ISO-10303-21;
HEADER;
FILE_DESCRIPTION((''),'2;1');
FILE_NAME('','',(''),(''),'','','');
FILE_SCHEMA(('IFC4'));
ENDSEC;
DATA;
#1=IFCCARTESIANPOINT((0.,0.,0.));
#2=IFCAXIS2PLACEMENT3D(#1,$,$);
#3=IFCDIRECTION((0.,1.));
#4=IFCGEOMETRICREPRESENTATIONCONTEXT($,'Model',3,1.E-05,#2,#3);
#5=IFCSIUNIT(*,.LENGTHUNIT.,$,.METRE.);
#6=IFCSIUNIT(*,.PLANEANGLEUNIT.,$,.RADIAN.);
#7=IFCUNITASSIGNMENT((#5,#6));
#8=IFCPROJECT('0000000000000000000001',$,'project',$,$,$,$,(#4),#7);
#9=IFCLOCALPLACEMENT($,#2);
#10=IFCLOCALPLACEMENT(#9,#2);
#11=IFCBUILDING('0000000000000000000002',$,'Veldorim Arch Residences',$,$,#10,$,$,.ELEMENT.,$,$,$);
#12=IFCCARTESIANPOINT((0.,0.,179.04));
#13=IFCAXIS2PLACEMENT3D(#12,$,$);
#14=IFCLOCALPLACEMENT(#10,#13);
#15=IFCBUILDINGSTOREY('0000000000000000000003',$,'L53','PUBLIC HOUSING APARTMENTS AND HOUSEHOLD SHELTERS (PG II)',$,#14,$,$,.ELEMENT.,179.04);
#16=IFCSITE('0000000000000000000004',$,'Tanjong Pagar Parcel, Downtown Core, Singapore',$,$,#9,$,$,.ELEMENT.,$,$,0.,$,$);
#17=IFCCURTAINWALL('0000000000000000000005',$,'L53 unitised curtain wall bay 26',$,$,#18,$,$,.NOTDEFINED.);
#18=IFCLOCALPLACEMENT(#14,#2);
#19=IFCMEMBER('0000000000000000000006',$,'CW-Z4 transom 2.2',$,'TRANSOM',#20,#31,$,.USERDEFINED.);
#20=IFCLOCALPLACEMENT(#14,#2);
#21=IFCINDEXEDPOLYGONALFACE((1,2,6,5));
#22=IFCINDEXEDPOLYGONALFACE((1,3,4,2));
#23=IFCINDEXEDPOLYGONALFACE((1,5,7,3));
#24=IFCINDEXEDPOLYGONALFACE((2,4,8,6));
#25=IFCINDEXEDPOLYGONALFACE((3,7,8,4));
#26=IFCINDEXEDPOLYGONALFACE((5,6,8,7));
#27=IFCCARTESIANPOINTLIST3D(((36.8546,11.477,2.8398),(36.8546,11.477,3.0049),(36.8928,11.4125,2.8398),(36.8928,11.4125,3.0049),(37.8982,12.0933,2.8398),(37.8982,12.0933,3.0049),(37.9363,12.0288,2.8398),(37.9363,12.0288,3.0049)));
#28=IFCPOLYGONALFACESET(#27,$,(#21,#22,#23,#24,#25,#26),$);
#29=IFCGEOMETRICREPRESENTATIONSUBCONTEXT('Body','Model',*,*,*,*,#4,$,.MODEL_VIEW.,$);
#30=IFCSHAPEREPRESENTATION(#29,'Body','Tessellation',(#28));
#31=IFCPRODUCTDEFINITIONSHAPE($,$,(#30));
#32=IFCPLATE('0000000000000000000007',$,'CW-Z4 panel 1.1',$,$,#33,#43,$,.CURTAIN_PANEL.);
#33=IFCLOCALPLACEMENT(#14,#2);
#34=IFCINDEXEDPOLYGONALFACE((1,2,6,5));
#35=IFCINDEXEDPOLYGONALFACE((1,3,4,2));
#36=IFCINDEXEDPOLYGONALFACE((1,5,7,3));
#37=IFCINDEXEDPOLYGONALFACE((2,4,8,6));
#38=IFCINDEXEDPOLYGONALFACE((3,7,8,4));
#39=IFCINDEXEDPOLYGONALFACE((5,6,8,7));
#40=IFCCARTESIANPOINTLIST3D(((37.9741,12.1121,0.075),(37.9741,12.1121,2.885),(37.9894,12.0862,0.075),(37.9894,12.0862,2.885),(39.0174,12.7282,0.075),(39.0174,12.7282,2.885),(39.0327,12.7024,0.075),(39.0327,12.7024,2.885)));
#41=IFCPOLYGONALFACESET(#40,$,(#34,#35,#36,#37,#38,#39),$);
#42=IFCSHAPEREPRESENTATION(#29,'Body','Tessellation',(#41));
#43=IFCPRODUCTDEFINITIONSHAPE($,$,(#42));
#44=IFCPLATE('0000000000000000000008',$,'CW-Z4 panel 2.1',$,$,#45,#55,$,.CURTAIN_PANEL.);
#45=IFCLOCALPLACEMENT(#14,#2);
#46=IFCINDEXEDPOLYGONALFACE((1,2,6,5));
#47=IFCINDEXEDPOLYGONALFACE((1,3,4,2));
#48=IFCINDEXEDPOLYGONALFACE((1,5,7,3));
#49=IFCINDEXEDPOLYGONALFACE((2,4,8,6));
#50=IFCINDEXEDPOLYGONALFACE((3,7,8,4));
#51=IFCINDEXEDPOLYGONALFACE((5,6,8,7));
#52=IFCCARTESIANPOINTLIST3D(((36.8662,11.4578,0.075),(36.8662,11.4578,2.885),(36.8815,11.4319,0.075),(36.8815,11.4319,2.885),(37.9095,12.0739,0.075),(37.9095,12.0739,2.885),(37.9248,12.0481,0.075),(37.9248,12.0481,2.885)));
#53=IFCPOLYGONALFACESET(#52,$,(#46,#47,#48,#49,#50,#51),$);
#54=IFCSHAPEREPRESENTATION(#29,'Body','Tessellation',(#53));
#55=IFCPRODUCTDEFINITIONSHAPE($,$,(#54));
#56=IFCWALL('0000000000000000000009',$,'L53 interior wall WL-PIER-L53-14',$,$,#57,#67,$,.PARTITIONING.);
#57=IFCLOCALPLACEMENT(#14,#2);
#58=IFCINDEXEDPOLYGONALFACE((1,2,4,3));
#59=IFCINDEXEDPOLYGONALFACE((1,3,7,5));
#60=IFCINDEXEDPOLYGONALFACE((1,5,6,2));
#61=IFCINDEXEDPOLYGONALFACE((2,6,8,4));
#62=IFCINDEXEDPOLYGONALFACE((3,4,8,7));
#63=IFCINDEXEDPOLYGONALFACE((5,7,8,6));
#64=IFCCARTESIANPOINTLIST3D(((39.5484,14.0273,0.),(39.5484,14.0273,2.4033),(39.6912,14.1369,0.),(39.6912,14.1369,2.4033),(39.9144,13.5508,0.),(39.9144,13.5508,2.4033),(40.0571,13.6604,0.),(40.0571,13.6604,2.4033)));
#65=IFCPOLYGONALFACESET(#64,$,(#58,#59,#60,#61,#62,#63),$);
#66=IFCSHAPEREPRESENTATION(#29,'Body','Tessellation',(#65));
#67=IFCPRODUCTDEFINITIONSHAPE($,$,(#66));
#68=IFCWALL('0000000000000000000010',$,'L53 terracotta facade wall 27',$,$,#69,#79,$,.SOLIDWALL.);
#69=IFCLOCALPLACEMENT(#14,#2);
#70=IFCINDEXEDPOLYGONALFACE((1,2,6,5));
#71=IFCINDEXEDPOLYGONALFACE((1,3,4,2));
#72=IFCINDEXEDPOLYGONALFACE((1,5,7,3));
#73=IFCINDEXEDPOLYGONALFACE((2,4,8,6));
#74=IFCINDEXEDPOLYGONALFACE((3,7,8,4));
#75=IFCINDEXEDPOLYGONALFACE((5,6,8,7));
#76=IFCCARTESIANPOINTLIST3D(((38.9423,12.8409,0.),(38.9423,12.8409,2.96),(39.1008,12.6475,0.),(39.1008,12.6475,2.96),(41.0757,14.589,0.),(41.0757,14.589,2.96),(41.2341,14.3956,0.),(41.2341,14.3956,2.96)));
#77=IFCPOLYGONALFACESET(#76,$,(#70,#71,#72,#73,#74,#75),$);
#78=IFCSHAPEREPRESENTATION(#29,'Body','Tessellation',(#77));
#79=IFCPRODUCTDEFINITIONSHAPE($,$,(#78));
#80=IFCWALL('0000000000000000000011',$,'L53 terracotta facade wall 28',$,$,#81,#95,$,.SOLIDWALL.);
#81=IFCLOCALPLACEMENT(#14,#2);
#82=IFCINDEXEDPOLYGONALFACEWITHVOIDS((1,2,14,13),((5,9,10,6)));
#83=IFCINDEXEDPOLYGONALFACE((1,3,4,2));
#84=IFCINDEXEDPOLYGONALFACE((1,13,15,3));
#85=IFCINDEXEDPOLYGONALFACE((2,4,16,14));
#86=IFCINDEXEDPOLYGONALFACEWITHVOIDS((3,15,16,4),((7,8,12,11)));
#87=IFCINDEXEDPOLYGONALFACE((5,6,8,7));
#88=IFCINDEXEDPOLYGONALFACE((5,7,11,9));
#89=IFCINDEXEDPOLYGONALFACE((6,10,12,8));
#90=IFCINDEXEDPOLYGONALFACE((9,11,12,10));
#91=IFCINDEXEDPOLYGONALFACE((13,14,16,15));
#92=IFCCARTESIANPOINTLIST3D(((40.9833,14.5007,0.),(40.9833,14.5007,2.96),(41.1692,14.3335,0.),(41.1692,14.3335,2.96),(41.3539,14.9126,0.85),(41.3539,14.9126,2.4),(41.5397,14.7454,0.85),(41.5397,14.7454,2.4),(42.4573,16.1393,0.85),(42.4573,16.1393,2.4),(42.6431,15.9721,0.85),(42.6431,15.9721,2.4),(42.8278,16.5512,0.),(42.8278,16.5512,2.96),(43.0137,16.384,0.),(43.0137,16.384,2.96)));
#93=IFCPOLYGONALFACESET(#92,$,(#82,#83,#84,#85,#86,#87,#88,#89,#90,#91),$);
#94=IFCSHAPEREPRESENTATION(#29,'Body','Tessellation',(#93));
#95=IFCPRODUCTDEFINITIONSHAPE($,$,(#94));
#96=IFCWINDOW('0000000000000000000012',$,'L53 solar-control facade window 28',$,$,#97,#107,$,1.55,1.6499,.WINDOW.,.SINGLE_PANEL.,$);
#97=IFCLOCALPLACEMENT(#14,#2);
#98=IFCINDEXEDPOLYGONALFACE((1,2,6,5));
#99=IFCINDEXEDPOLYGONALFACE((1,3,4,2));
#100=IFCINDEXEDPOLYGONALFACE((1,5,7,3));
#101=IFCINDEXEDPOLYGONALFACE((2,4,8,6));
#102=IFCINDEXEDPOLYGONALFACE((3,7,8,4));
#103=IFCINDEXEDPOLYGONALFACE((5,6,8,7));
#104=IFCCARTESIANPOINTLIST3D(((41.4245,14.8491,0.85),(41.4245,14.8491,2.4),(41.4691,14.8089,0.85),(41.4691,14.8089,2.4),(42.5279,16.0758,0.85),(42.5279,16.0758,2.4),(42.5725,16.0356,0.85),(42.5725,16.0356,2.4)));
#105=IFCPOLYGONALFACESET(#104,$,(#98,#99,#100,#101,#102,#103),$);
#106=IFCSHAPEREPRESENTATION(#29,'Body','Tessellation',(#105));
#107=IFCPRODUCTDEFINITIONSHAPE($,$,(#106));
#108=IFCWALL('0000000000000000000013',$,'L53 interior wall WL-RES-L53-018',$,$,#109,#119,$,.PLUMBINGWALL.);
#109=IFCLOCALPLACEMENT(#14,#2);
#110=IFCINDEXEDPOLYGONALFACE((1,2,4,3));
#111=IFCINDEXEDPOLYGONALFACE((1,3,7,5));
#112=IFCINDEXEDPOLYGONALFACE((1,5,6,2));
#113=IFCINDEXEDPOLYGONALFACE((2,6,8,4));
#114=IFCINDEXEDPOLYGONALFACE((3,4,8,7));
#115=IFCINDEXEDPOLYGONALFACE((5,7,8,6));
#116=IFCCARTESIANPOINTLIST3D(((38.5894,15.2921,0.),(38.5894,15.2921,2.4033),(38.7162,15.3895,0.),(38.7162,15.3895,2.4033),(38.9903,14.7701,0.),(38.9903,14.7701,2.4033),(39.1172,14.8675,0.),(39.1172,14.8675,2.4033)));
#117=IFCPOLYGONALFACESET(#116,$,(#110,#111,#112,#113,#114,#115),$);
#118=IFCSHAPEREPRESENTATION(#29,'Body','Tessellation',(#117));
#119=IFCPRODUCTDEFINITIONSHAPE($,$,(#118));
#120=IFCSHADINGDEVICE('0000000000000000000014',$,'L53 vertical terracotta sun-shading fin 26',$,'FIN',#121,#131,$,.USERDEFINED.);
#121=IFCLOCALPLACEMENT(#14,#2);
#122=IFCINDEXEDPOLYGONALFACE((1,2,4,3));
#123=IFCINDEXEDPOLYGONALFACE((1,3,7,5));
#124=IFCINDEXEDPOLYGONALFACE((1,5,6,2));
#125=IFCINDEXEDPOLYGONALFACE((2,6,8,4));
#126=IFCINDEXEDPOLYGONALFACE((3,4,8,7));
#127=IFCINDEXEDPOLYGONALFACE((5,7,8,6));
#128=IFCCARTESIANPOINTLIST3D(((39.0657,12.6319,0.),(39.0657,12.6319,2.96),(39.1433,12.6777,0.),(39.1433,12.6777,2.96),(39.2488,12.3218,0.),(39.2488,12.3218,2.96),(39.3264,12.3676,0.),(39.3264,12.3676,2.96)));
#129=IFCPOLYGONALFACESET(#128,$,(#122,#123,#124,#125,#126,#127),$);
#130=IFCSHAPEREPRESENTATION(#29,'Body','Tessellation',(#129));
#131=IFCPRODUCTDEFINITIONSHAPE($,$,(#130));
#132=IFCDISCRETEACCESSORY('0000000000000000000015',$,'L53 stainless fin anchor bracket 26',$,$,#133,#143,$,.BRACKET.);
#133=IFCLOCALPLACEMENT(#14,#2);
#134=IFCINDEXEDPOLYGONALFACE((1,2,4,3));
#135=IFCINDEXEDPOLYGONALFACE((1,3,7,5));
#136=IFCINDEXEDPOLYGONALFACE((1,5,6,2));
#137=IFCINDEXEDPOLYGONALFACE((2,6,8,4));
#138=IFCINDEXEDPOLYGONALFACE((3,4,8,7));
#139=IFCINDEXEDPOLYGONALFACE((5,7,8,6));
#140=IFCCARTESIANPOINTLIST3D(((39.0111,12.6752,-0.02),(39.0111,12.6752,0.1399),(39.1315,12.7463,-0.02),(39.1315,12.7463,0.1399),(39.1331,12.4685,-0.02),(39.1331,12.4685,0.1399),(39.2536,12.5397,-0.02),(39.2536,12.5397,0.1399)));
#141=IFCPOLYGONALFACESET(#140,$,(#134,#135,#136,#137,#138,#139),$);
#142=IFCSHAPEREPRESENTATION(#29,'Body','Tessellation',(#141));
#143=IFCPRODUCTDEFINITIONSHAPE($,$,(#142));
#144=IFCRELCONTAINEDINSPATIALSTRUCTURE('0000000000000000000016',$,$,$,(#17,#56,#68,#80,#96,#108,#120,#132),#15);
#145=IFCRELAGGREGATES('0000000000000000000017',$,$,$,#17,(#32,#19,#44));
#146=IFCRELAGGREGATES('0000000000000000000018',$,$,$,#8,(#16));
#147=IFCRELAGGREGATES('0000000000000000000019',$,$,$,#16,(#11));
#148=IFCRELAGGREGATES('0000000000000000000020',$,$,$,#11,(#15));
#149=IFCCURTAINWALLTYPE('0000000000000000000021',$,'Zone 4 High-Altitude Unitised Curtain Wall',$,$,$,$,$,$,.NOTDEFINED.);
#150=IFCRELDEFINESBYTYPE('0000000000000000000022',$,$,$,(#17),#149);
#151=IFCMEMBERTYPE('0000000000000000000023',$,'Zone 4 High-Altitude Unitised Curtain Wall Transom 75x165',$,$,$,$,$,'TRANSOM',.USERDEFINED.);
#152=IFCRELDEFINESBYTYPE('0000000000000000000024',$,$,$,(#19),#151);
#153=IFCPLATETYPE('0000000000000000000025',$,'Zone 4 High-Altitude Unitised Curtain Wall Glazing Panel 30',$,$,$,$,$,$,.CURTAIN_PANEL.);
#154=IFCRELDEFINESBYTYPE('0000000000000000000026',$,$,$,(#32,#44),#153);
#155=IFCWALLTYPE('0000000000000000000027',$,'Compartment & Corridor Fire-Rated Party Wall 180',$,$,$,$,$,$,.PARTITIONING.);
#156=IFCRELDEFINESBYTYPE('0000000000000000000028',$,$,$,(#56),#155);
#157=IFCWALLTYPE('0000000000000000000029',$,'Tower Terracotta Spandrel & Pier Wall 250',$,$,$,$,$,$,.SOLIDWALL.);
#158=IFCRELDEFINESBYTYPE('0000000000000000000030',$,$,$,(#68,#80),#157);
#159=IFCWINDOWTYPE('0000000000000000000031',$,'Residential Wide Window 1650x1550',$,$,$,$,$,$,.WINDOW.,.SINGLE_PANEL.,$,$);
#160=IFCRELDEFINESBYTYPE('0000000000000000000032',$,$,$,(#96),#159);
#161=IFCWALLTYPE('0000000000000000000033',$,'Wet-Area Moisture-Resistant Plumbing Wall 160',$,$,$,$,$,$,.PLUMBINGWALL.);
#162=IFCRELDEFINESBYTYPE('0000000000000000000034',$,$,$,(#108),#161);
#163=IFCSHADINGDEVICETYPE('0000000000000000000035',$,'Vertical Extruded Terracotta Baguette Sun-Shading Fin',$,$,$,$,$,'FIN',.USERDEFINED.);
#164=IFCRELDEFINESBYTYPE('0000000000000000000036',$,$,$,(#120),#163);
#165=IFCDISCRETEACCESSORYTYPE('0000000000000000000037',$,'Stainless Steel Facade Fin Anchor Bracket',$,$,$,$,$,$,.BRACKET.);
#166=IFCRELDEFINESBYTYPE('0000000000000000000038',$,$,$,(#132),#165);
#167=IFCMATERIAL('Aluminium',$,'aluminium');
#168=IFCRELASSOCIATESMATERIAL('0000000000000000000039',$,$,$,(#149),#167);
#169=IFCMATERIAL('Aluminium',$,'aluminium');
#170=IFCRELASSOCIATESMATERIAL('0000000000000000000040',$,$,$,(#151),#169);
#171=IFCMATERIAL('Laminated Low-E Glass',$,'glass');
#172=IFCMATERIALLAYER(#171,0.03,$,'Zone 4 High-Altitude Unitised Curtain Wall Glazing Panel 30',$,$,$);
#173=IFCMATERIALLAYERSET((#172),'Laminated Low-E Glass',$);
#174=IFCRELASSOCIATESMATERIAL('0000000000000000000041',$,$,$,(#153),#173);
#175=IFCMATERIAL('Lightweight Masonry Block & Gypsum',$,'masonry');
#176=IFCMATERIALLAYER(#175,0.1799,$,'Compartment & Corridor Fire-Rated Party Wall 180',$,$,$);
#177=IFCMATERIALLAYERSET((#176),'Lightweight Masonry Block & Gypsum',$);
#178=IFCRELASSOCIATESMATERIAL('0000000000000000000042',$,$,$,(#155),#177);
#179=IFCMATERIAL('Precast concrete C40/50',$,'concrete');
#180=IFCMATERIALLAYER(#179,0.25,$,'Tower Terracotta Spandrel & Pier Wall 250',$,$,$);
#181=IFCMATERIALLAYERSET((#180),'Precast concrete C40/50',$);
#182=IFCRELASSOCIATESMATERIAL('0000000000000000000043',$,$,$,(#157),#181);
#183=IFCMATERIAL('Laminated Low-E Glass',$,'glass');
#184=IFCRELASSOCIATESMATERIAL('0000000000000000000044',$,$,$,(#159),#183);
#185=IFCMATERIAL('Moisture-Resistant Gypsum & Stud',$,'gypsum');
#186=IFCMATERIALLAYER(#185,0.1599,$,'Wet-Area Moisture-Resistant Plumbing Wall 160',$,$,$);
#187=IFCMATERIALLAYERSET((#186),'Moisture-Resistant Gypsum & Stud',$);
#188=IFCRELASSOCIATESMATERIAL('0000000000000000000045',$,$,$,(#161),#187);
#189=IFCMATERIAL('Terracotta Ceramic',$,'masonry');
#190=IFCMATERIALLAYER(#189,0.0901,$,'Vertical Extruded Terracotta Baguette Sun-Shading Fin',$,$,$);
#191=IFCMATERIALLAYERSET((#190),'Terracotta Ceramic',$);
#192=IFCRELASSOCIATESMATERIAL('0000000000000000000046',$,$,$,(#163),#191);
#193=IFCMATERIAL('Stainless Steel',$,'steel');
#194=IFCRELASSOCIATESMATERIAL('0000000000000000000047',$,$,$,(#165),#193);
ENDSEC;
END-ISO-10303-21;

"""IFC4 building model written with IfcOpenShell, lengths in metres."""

from ifc_helpers import new_model, si_unit, direction, frame, frame_2d, origin, origin_2d, place, context, subcontext, project, spatial, rectangle, extrude, material, layer, layer_set, material_profile, profile_set, type_object, element, fill, aggregate, save


model = new_model("IFC4")

# Units and contexts
model_context = context("Model", 3, precision=1e-05, world=origin(), true_north=direction((0.0, 1.0)))
body_context = subcontext(model_context, "Body", "Model", "MODEL_VIEW")
ifc_project = project(units=[si_unit("LENGTHUNIT", "METRE"), si_unit("PLANEANGLEUNIT", "RADIAN")], contexts=[model_context])

# Site, building, storey
site_placement = place(None, origin())
site = spatial("IfcSite", under=ifc_project, at=site_placement, Name="Tanjong Pagar Parcel, Downtown Core, Singapore", CompositionType="ELEMENT", RefElevation=0.0)
building_placement = place(site_placement, origin())
building = spatial("IfcBuilding", under=site, at=building_placement, Name="Veldorim Arch Residences", CompositionType="ELEMENT")
storey_placement = place(building_placement, frame((0.0, 0.0, 179.04)))
storey = spatial("IfcBuildingStorey", under=building, at=storey_placement, Name="L53", Description="PUBLIC HOUSING APARTMENTS AND HOUSEHOLD SHELTERS (PG II)", CompositionType="ELEMENT", Elevation=179.04)

# Curtain wall, member, plates
ifc_material_1 = material(Name="Aluminium", Category="aluminium")
curtain_wall_type = type_object("IfcCurtainWallType", Name="Zone 4 High-Altitude Unitised Curtain Wall", PredefinedType="NOTDEFINED", material=ifc_material_1)
curtain_wall_placement = place(storey_placement, origin())
curtain_wall = element("IfcCurtainWall", 1, at=curtain_wall_placement, inside=storey, type_object=curtain_wall_type, Name="L53 unitised curtain wall bay 26", PredefinedType="NOTDEFINED")
ifc_material_2 = material(Name="Aluminium", Category="aluminium")
ifc_material_profile_1 = material_profile(ifc_material_2, rectangle(XDim=0.075, YDim=0.165, at=origin_2d()), Name="ALU_TRN_75x165")
ifc_profile_set_1 = profile_set([ifc_material_profile_1], Name="Aluminium")
member_type_1 = type_object("IfcMemberType", Name="Zone 4 High-Altitude Unitised Curtain Wall Transom 75x165", ElementType="TRANSOM", PredefinedType="USERDEFINED", material=ifc_profile_set_1)
member_1_placement = place(storey_placement, frame((37.9172, 12.061, 2.9224), z_axis=(-0.861063, -0.508499, 0.0), x_axis=(0.508499, -0.861063, 0.0)))
member_1 = element("IfcMember", 2, at=member_1_placement, type_object=member_type_1, Name="CW-Z4 transom 2.2", ObjectType="TRANSOM", PredefinedType="USERDEFINED", context=body_context, shape_type="SweptSolid", body=[
    extrude(rectangle(XDim=0.075, YDim=0.165, at=origin_2d()), origin(), (0.0, 0.0, 1.0), 1.2119),
])
ifc_material_3 = material(Name="Laminated Low-E Glass", Category="glass")
ifc_layer_1 = layer(ifc_material_3, 0.03, Name="Zone 4 High-Altitude Unitised Curtain Wall Glazing Panel 30")
ifc_layer_set_1 = layer_set([ifc_layer_1], Name="Laminated Low-E Glass")
plate_type = type_object("IfcPlateType", Name="Zone 4 High-Altitude Unitised Curtain Wall Glazing Panel 30", PredefinedType="CURTAIN_PANEL", material=ifc_layer_set_1)
plate_1_placement = place(storey_placement, frame((38.5034, 12.4072, 0.075), z_axis=(0.0, 0.0, 1.0), x_axis=(-0.861054, -0.508514, 0.0)))
plate_1 = element("IfcPlate", 3, at=plate_1_placement, type_object=plate_type, Name="CW-Z4 panel 1.1", PredefinedType="CURTAIN_PANEL", context=body_context, shape_type="SweptSolid", body=[
    extrude(rectangle(XDim=1.2117, YDim=0.03, at=origin_2d()), origin(), (0.0, 0.0, 1.0), 2.8101),
])
plate_2_placement = place(storey_placement, frame((37.3955, 11.7529, 0.075), z_axis=(0.0, 0.0, 1.0), x_axis=(-0.861054, -0.508514, 0.0)))
plate_2 = element("IfcPlate", 4, at=plate_2_placement, type_object=plate_type, Name="CW-Z4 panel 2.1", PredefinedType="CURTAIN_PANEL", context=body_context, shape_type="SweptSolid", body=[
    extrude(rectangle(XDim=1.2117, YDim=0.03, at=origin_2d()), origin(), (0.0, 0.0, 1.0), 2.8101),
])
aggregate(curtain_wall, [plate_1, member_1, plate_2])

# Wall
ifc_material_4 = material(Name="Lightweight Masonry Block & Gypsum", Category="masonry")
ifc_layer_2 = layer(ifc_material_4, 0.1799, Name="Compartment & Corridor Fire-Rated Party Wall 180")
ifc_layer_set_2 = layer_set([ifc_layer_2], Name="Lightweight Masonry Block & Gypsum")
wall_type_1 = type_object("IfcWallType", Name="Compartment & Corridor Fire-Rated Party Wall 180", PredefinedType="PARTITIONING", material=ifc_layer_set_2)
wall_1_placement = place(storey_placement, frame((39.6199, 14.082, 0.0), z_axis=(0.0, 0.0, 1.0), x_axis=(0.609063, -0.793122, 0.0)))
element("IfcWall", 5, at=wall_1_placement, inside=storey, type_object=wall_type_1, Name="L53 interior wall WL-PIER-L53-14", PredefinedType="PARTITIONING", context=body_context, shape_type="SweptSolid", body=[
    extrude(rectangle(XDim=0.6008, YDim=0.1799, at=frame_2d((0.3003, 0.0))), origin(), (0.0, 0.0, 1.0), 2.4033),
])

# Wall
ifc_material_5 = material(Name="Precast concrete C40/50", Category="concrete")
ifc_layer_3 = layer(ifc_material_5, 0.25, Name="Tower Terracotta Spandrel & Pier Wall 250")
ifc_layer_set_3 = layer_set([ifc_layer_3], Name="Precast concrete C40/50")
wall_type_2 = type_object("IfcWallType", Name="Tower Terracotta Spandrel & Pier Wall 250", PredefinedType="SOLIDWALL", material=ifc_layer_set_3)
wall_2_placement = place(storey_placement, frame((41.1548, 14.4922, 0.0), z_axis=(0.0, 0.0, 1.0), x_axis=(-0.773492, -0.633806, 0.0)))
element("IfcWall", 6, at=wall_2_placement, inside=storey, type_object=wall_type_2, Name="L53 terracotta facade wall 27", PredefinedType="SOLIDWALL", context=body_context, shape_type="SweptSolid", body=[
    extrude(rectangle(XDim=2.7581, YDim=0.25, at=frame_2d((1.3789, 0.0))), origin(), (0.0, 0.0, 1.0), 2.96),
])

# Wall, opening, window
wall_3_placement = place(storey_placement, frame((42.9207, 16.4675, 0.0), z_axis=(0.0, 0.0, 1.0), x_axis=(-0.668764, -0.743475, 0.0)))
wall_3 = element("IfcWall", 7, at=wall_3_placement, inside=storey, type_object=wall_type_2, Name="L53 terracotta facade wall 28", PredefinedType="SOLIDWALL", context=body_context, shape_type="SweptSolid", body=[
    extrude(rectangle(XDim=2.7581, YDim=0.25, at=frame_2d((1.3789, 0.0))), origin(), (0.0, 0.0, 1.0), 2.96),
])
opening_1_placement = place(wall_3_placement, frame((0.554, 0.0, 0.8501)))
opening_1 = element("IfcOpeningElement", 8, at=opening_1_placement, cuts=wall_3, PredefinedType="OPENING", context=body_context, shape_type="SweptSolid", body=[
    extrude(rectangle(XDim=1.6499, YDim=1.55, at=frame_2d((0.825, 0.7749))), frame((0.0, 0.135, 0.0), z_axis=(0.0, -1.0, 0.0), x_axis=(1.0, 0.0, 0.0)), (0.0, 0.0, 1.0), 0.27),
])
ifc_material_6 = material(Name="Laminated Low-E Glass", Category="glass")
window_type = type_object("IfcWindowType", Name="Residential Wide Window 1650x1550", PartitioningType="SINGLE_PANEL", PredefinedType="WINDOW", material=ifc_material_6)
window_placement = place(opening_1_placement, origin())
window = element("IfcWindow", 9, at=window_placement, inside=storey, type_object=window_type, Name="L53 solar-control facade window 28", OverallHeight=1.55, OverallWidth=1.6499, PartitioningType="SINGLE_PANEL", PredefinedType="WINDOW", context=body_context, shape_type="SweptSolid", body=[
    extrude(rectangle(XDim=1.6499, YDim=1.55, at=frame_2d((0.825, 0.7749))), frame((0.0, 0.03, 0.0), z_axis=(0.0, -1.0, 0.0), x_axis=(1.0, 0.0, 0.0)), (0.0, 0.0, 1.0), 0.0601),
])
fill(opening_1, window)

# Wall
ifc_material_7 = material(Name="Moisture-Resistant Gypsum & Stud", Category="gypsum")
ifc_layer_4 = layer(ifc_material_7, 0.1599, Name="Wet-Area Moisture-Resistant Plumbing Wall 160")
ifc_layer_set_4 = layer_set([ifc_layer_4], Name="Moisture-Resistant Gypsum & Stud")
wall_type_3 = type_object("IfcWallType", Name="Wet-Area Moisture-Resistant Plumbing Wall 160", PredefinedType="PLUMBINGWALL", material=ifc_layer_set_4)
wall_4_placement = place(storey_placement, frame((38.6528, 15.3408, 0.0), z_axis=(0.0, 0.0, 1.0), x_axis=(0.609101, -0.793093, 0.0)))
element("IfcWall", 10, at=wall_4_placement, inside=storey, type_object=wall_type_3, Name="L53 interior wall WL-RES-L53-018", PredefinedType="PLUMBINGWALL", context=body_context, shape_type="SweptSolid", body=[
    extrude(rectangle(XDim=0.6582, YDim=0.1599, at=frame_2d((0.3291, 0.0))), origin(), (0.0, 0.0, 1.0), 2.4033),
])

# Shading device
ifc_material_8 = material(Name="Terracotta Ceramic", Category="masonry")
ifc_layer_5 = layer(ifc_material_8, 0.0901, Name="Vertical Extruded Terracotta Baguette Sun-Shading Fin")
ifc_layer_set_5 = layer_set([ifc_layer_5], Name="Terracotta Ceramic")
shading_device_type = type_object("IfcShadingDeviceType", Name="Vertical Extruded Terracotta Baguette Sun-Shading Fin", ElementType="FIN", PredefinedType="USERDEFINED", material=ifc_layer_set_5)
shading_device_placement = place(storey_placement, frame((39.196, 12.4998, 0.0), z_axis=(0.0, 0.0, 1.0), x_axis=(-0.861097, -0.50844, 0.0)))
element("IfcShadingDevice", 11, at=shading_device_placement, inside=storey, type_object=shading_device_type, Name="L53 vertical terracotta sun-shading fin 26", ObjectType="FIN", PredefinedType="USERDEFINED", context=body_context, shape_type="SweptSolid", body=[
    extrude(rectangle(XDim=0.0901, YDim=0.3601, at=origin_2d()), origin(), (0.0, 0.0, 1.0), 2.96),
])

# Discrete accessory
ifc_material_9 = material(Name="Stainless Steel", Category="steel")
discrete_accessory_type = type_object("IfcDiscreteAccessoryType", Name="Stainless Steel Facade Fin Anchor Bracket", PredefinedType="BRACKET", material=ifc_material_9)
discrete_accessory_placement = place(storey_placement, frame((39.1323, 12.6074, -0.02), z_axis=(0.0, 0.0, 1.0), x_axis=(-0.861097, -0.50844, 0.0)))
element("IfcDiscreteAccessory", 12, at=discrete_accessory_placement, inside=storey, type_object=discrete_accessory_type, Name="L53 stainless fin anchor bracket 26", PredefinedType="BRACKET", context=body_context, shape_type="SweptSolid", body=[
    extrude(rectangle(XDim=0.1399, YDim=0.24, at=origin_2d()), origin(), (0.0, 0.0, 1.0), 0.1599),
])

save(model, "model.ifc")
